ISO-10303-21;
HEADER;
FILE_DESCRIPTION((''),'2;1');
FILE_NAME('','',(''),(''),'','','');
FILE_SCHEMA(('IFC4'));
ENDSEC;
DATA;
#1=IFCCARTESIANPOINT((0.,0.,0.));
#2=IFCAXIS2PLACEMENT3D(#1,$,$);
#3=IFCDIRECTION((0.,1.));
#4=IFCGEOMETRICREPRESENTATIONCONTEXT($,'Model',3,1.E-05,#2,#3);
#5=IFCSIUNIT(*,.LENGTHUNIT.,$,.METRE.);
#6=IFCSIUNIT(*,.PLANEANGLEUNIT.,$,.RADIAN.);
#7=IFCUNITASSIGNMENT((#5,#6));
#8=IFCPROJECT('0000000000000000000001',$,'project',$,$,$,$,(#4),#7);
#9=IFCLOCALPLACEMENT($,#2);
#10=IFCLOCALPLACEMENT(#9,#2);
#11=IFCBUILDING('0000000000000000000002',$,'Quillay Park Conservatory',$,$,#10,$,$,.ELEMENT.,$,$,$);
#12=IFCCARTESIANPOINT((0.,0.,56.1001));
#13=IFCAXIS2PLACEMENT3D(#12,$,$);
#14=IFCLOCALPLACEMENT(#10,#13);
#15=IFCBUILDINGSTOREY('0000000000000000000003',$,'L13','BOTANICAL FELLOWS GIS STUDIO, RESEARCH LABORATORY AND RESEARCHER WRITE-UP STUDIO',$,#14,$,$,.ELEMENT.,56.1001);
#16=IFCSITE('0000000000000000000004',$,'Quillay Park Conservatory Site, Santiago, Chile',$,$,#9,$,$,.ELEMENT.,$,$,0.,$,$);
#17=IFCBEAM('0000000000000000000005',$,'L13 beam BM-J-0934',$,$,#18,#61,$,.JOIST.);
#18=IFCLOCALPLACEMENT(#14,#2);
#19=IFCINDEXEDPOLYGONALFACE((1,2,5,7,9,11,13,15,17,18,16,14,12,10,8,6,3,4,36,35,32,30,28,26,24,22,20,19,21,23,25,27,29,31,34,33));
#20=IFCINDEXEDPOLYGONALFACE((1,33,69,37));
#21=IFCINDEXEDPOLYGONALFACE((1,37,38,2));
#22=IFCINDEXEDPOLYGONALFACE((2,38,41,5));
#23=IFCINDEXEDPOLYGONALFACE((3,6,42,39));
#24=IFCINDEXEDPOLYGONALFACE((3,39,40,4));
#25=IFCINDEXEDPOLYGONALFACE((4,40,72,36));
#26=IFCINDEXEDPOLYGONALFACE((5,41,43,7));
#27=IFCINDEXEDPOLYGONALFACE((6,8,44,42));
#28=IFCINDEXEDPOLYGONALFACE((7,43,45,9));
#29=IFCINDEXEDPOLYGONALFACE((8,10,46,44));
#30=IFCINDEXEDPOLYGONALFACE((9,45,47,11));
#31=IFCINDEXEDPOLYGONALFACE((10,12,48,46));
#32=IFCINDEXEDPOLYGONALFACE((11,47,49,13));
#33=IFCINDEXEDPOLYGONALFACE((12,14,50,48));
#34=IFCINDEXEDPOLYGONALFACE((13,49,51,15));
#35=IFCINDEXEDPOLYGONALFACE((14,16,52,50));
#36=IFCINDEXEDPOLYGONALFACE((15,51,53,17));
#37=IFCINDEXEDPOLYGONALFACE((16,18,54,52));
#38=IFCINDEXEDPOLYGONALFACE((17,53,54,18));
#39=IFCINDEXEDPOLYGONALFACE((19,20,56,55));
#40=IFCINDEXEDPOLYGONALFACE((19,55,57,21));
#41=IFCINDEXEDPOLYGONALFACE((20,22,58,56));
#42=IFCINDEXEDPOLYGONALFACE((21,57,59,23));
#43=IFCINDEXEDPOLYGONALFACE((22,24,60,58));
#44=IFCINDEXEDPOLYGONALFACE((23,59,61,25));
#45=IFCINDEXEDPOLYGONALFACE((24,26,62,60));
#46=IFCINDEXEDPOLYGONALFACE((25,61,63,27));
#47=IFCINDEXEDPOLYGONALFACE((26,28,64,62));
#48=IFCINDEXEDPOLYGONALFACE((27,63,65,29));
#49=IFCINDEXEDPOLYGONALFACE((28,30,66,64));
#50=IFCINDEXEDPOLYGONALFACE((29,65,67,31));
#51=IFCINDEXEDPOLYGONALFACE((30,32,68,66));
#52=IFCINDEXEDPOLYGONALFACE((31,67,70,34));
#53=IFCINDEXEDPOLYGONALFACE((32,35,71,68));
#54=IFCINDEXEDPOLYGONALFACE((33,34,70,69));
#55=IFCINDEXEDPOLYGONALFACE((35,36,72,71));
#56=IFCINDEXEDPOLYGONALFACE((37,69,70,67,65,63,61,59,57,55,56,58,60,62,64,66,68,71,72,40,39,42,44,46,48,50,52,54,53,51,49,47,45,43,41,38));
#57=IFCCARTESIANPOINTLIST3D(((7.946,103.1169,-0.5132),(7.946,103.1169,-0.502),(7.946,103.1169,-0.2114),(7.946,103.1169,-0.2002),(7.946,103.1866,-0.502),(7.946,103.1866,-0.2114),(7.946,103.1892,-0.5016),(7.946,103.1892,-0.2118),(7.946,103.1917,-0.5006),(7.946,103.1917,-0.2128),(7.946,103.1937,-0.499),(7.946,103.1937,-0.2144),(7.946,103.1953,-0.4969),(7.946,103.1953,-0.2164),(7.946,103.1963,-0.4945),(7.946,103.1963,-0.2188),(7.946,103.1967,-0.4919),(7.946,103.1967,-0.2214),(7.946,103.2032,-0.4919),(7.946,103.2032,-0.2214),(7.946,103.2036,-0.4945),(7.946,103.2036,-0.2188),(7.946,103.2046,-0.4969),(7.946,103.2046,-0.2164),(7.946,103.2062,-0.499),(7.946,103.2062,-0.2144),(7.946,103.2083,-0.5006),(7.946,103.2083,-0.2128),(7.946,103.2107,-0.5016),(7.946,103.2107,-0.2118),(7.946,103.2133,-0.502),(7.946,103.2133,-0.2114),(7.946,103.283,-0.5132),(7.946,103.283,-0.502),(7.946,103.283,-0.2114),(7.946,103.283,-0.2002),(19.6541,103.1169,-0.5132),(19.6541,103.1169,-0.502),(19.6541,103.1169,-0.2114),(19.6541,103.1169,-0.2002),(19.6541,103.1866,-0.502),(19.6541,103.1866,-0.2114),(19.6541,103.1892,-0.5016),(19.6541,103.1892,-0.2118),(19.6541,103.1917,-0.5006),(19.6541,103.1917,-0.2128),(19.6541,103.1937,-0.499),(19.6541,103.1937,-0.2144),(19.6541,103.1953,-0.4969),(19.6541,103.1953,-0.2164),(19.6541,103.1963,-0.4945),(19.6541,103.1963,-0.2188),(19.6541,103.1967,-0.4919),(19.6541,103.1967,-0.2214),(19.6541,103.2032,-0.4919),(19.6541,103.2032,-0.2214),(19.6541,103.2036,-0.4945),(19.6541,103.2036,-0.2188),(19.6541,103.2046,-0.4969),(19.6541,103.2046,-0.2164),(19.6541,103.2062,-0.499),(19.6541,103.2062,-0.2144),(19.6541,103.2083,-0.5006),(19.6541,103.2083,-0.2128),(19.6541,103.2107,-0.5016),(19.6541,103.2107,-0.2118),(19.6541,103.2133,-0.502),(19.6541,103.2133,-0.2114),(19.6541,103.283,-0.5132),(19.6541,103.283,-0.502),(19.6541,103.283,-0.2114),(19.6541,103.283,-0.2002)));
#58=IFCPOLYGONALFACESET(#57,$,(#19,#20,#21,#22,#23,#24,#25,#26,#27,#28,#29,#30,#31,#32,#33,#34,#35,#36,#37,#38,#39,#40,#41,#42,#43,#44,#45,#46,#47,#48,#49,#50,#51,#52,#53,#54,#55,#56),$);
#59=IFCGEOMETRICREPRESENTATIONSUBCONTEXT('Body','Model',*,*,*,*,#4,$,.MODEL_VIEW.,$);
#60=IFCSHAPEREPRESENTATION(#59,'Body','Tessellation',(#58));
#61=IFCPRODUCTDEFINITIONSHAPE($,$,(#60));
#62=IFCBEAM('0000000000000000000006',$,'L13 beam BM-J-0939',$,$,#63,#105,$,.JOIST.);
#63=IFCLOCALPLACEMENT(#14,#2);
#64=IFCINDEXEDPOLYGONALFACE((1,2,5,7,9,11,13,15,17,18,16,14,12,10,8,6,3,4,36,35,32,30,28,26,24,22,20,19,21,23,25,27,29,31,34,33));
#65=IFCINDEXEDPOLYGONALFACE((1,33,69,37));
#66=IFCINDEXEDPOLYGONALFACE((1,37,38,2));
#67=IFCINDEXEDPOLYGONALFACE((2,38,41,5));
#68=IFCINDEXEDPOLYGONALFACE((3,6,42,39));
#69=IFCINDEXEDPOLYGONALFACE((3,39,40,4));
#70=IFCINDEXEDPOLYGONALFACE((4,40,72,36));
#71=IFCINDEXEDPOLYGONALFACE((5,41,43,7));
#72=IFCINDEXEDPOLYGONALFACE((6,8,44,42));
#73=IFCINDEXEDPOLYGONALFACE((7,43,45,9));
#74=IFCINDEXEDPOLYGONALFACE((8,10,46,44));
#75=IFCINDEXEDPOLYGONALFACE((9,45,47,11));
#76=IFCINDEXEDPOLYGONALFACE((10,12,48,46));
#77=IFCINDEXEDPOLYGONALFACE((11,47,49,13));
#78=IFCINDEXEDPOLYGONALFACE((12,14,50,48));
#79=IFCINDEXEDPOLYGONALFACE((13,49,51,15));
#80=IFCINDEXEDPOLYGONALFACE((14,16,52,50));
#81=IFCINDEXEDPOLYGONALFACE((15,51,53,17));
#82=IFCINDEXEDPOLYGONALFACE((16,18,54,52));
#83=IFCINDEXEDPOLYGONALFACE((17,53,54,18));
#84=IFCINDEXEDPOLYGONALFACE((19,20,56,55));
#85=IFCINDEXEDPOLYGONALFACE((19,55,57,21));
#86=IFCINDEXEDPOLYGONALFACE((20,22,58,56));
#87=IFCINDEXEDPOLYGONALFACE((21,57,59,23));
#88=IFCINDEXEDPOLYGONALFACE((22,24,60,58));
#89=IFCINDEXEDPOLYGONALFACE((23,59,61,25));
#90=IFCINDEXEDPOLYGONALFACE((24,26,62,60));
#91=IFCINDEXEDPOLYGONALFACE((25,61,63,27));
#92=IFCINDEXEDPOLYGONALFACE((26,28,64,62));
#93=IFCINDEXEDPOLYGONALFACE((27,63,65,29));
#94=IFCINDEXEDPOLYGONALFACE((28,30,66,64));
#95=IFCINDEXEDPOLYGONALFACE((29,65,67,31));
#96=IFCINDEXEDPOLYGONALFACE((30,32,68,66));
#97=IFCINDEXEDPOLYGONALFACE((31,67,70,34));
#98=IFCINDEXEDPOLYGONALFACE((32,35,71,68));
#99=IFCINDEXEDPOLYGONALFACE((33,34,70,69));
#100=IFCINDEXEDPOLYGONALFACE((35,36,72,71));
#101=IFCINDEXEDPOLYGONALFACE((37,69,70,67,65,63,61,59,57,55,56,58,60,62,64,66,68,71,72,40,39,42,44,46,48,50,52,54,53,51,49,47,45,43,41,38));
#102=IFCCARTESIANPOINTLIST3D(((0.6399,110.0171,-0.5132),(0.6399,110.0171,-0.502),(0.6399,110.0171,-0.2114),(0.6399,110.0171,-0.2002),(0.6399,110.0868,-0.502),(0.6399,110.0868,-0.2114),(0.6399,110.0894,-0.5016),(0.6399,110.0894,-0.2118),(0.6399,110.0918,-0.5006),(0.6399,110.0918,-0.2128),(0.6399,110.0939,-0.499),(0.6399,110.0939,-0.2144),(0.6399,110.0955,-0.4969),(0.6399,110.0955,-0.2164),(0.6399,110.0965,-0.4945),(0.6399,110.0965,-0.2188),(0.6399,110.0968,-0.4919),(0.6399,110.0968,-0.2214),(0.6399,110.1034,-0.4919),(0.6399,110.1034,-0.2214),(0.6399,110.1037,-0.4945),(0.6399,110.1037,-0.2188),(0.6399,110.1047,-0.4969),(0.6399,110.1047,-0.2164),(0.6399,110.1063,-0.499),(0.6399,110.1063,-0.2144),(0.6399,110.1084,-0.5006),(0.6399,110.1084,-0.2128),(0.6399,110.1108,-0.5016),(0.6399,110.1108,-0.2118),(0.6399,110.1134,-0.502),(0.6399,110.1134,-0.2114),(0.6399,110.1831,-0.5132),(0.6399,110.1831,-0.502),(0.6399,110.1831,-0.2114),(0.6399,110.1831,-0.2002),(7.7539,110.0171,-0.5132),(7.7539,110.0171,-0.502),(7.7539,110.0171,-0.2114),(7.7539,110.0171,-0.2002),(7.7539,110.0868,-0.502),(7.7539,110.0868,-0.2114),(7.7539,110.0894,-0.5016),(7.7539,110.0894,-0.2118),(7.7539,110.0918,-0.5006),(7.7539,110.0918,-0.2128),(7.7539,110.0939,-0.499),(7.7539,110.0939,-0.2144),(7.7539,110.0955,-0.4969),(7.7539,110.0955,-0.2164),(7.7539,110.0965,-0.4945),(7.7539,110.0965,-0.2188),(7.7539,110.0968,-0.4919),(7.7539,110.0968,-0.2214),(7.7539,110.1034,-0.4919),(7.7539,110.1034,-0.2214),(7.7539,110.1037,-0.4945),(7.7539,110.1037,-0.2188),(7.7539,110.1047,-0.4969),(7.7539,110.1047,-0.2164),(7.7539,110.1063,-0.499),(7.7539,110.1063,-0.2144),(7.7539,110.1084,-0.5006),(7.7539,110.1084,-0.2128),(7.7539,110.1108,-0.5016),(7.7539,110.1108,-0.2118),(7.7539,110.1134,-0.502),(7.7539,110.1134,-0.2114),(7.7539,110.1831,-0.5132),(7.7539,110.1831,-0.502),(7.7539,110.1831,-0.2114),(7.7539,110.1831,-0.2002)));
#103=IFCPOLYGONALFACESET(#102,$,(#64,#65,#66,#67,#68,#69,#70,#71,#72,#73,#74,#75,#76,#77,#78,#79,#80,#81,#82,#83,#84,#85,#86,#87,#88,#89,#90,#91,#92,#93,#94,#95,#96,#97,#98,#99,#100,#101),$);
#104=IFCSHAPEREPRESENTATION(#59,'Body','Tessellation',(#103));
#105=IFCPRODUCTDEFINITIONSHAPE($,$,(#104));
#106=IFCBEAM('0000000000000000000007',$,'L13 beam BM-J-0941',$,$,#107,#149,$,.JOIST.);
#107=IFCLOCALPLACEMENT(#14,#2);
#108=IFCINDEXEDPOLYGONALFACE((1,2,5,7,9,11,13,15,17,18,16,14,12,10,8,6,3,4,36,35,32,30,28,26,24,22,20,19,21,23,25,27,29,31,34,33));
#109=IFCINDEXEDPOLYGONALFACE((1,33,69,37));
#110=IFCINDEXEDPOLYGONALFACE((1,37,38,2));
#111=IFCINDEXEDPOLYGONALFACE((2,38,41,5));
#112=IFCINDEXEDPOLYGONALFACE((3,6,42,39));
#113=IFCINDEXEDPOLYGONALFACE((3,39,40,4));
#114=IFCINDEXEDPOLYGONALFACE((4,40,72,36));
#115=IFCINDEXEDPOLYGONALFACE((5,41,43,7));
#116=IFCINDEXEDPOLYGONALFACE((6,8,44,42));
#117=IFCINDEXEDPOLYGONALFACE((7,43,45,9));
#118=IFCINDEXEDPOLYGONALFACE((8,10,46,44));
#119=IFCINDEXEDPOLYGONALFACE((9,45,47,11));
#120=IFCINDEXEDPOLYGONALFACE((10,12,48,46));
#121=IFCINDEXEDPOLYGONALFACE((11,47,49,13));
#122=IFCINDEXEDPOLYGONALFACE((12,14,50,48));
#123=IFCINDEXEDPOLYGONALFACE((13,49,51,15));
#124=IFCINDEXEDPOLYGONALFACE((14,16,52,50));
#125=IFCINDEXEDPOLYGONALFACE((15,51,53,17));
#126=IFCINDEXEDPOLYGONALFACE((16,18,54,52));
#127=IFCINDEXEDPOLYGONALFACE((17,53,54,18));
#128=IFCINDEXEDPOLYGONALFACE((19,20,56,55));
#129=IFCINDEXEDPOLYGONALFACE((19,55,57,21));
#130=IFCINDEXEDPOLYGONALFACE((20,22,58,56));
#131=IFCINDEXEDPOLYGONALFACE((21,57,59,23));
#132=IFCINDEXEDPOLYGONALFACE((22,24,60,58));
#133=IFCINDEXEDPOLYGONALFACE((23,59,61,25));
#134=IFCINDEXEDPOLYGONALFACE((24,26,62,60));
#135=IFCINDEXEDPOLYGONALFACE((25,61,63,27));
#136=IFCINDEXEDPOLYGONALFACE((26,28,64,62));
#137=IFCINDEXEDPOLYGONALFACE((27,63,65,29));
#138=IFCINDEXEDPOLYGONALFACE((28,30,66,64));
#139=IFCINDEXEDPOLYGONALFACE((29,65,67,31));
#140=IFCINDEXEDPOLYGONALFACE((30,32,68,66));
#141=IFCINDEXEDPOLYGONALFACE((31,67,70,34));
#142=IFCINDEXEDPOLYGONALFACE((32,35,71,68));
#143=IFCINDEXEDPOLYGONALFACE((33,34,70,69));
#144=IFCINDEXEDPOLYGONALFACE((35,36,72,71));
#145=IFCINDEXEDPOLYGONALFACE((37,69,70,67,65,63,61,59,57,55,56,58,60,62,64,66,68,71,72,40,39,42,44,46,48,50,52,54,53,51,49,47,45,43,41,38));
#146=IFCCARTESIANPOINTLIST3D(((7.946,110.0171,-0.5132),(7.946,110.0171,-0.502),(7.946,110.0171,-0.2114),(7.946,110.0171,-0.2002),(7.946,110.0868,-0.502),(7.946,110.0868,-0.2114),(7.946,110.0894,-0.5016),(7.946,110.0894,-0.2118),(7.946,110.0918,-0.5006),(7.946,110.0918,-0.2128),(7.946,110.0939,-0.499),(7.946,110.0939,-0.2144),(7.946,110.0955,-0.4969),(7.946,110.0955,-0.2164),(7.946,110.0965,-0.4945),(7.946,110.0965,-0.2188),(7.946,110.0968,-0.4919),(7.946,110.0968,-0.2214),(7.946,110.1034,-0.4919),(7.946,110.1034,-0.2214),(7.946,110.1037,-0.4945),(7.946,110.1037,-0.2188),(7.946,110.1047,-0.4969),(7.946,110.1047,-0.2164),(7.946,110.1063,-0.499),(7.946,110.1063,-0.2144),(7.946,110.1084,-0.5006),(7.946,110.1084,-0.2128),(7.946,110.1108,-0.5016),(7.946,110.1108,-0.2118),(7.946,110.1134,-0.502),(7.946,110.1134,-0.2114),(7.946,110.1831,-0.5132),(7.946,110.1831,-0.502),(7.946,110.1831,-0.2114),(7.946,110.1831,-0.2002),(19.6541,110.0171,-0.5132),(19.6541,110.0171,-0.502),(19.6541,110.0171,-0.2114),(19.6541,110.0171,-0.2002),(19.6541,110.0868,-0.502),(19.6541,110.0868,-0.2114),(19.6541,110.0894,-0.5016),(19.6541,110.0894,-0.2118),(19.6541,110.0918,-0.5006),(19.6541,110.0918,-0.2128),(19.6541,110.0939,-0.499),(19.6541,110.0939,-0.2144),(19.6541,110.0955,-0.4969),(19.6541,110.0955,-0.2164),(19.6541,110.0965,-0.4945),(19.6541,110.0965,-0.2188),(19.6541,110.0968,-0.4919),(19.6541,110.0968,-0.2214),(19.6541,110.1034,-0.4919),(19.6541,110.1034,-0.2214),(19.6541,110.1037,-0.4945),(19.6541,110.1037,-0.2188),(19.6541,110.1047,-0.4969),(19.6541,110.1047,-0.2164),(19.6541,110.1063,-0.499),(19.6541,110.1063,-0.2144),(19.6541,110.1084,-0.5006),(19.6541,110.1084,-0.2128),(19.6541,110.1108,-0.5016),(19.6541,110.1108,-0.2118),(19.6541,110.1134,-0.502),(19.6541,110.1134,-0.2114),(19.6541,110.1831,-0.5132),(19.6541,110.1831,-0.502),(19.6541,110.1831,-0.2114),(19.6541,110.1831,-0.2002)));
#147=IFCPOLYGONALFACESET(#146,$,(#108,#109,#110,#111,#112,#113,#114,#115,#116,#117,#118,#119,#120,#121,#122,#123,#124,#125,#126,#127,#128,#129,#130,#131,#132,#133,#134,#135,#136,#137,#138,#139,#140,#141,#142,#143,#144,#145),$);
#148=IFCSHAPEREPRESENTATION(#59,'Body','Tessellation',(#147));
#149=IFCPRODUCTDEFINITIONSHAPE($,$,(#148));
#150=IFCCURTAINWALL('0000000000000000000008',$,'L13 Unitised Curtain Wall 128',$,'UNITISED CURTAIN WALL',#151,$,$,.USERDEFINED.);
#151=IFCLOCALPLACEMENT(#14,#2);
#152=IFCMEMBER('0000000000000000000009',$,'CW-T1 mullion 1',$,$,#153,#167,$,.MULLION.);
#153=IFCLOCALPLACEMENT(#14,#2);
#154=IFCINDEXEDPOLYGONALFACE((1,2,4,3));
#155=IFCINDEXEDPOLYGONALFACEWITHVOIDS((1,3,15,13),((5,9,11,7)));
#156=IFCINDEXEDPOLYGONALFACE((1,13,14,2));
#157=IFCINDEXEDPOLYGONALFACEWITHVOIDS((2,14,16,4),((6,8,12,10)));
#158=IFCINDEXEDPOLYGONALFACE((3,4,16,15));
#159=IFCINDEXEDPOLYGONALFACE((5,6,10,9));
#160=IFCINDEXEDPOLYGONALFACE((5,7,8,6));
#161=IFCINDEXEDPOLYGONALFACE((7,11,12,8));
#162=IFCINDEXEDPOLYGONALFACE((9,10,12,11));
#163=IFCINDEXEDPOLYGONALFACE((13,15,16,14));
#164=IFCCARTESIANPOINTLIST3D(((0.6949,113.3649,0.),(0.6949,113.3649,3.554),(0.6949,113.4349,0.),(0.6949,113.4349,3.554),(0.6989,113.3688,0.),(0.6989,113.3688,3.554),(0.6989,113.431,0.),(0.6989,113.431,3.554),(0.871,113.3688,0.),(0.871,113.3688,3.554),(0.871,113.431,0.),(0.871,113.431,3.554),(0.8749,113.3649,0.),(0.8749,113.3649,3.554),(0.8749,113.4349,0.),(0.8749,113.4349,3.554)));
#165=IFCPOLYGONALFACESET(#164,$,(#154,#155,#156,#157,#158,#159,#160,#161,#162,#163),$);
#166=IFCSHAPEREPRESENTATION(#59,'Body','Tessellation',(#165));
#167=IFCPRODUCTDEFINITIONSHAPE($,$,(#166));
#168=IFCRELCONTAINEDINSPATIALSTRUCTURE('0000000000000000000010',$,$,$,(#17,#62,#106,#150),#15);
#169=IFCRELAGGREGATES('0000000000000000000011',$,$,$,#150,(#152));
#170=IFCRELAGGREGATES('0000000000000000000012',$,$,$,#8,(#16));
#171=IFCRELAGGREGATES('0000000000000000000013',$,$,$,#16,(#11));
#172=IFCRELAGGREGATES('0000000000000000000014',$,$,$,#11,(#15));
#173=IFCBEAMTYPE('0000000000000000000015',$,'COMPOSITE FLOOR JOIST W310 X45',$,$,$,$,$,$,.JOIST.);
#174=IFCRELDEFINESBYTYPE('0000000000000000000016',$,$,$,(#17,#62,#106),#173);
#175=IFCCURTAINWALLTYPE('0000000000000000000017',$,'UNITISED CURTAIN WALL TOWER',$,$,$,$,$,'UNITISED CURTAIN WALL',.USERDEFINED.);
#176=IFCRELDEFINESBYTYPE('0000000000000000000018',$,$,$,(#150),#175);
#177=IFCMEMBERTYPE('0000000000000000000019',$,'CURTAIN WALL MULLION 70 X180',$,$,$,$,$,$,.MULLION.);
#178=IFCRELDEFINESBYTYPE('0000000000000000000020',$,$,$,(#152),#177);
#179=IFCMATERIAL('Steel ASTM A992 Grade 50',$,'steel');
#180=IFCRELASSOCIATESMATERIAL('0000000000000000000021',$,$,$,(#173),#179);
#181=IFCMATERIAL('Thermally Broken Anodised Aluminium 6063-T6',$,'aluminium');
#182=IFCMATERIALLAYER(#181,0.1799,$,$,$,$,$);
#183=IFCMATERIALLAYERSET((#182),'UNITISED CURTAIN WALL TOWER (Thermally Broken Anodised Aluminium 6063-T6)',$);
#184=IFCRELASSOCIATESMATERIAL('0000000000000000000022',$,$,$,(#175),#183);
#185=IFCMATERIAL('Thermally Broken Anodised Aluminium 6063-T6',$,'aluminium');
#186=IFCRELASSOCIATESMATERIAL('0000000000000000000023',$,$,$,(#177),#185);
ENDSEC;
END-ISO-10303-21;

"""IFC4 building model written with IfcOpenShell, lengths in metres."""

from ifc_helpers import new_model, si_unit, direction, frame, origin, origin_2d, place, context, subcontext, project, spatial, hollow_rectangle, i_section, extrude, material, layer, layer_set, material_profile, profile_set, type_object, element, aggregate, save


model = new_model("IFC4")

# Units and contexts
model_context = context("Model", 3, precision=1e-05, world=origin(), true_north=direction((0.0, 1.0)))
body_context = subcontext(model_context, "Body", "Model", "MODEL_VIEW")
ifc_project = project(units=[si_unit("LENGTHUNIT", "METRE"), si_unit("PLANEANGLEUNIT", "RADIAN")], contexts=[model_context])

# Site, building, storey
site_placement = place(None, origin())
site = spatial("IfcSite", under=ifc_project, at=site_placement, Name="Quillay Park Conservatory Site, Santiago, Chile", CompositionType="ELEMENT", RefElevation=0.0)
building_placement = place(site_placement, origin())
building = spatial("IfcBuilding", under=site, at=building_placement, Name="Quillay Park Conservatory", CompositionType="ELEMENT")
storey_placement = place(building_placement, frame((0.0, 0.0, 56.1001)))
storey = spatial("IfcBuildingStorey", under=building, at=storey_placement, Name="L13", Description="BOTANICAL FELLOWS GIS STUDIO, RESEARCH LABORATORY AND RESEARCHER WRITE-UP STUDIO", CompositionType="ELEMENT", Elevation=56.1001)

# Beams
ifc_material_1 = material(Name="Steel ASTM A992 Grade 50", Category="steel")
ifc_material_profile_1 = material_profile(ifc_material_1, i_section(OverallWidth=0.166, OverallDepth=0.313, WebThickness=0.0066, FlangeThickness=0.0112, FilletRadius=0.01, at=origin_2d()), Name="W310x45")
ifc_profile_set_1 = profile_set([ifc_material_profile_1], Name="Steel ASTM A992 Grade 50")
beam_type_1 = type_object("IfcBeamType", Name="COMPOSITE FLOOR JOIST W310 X45", PredefinedType="JOIST", material=ifc_profile_set_1)
beam_1_placement = place(storey_placement, frame((7.946, 103.2, -0.3567), z_axis=(1.0, 0.0, 0.0), x_axis=(0.0, 1.0, 0.0)))
element("IfcBeam", 1, at=beam_1_placement, inside=storey, type_object=beam_type_1, Name="L13 beam BM-J-0934", PredefinedType="JOIST", context=body_context, shape_type="SweptSolid", body=[
    extrude(i_section(OverallWidth=0.166, OverallDepth=0.313, WebThickness=0.0066, FlangeThickness=0.0112, FilletRadius=0.01, at=origin_2d()), origin(), (0.0, 0.0, 1.0), 11.708),
])
beam_2_placement = place(storey_placement, frame((0.6399, 110.1001, -0.3567), z_axis=(1.0, 0.0, 0.0), x_axis=(0.0, 1.0, 0.0)))
element("IfcBeam", 2, at=beam_2_placement, inside=storey, type_object=beam_type_1, Name="L13 beam BM-J-0939", PredefinedType="JOIST", context=body_context, shape_type="SweptSolid", body=[
    extrude(i_section(OverallWidth=0.166, OverallDepth=0.313, WebThickness=0.0066, FlangeThickness=0.0112, FilletRadius=0.01, at=origin_2d()), origin(), (0.0, 0.0, 1.0), 7.114),
])
beam_3_placement = place(storey_placement, frame((7.946, 110.1001, -0.3567), z_axis=(1.0, 0.0, 0.0), x_axis=(0.0, 1.0, 0.0)))
element("IfcBeam", 3, at=beam_3_placement, inside=storey, type_object=beam_type_1, Name="L13 beam BM-J-0941", PredefinedType="JOIST", context=body_context, shape_type="SweptSolid", body=[
    extrude(i_section(OverallWidth=0.166, OverallDepth=0.313, WebThickness=0.0066, FlangeThickness=0.0112, FilletRadius=0.01, at=origin_2d()), origin(), (0.0, 0.0, 1.0), 11.708),
])

# Curtain wall, member
ifc_material_2 = material(Name="Thermally Broken Anodised Aluminium 6063-T6", Category="aluminium")
ifc_layer_1 = layer(ifc_material_2, 0.1799)
ifc_layer_set_1 = layer_set([ifc_layer_1], Name="UNITISED CURTAIN WALL TOWER (Thermally Broken Anodised Aluminium 6063-T6)")
curtain_wall_type = type_object("IfcCurtainWallType", Name="UNITISED CURTAIN WALL TOWER", ElementType="UNITISED CURTAIN WALL", PredefinedType="USERDEFINED", material=ifc_layer_set_1)
curtain_wall_placement = place(storey_placement, origin())
curtain_wall = element("IfcCurtainWall", 4, at=curtain_wall_placement, inside=storey, type_object=curtain_wall_type, Name="L13 Unitised Curtain Wall 128", ObjectType="UNITISED CURTAIN WALL", PredefinedType="USERDEFINED")
ifc_material_3 = material(Name="Thermally Broken Anodised Aluminium 6063-T6", Category="aluminium")
ifc_material_profile_2 = material_profile(ifc_material_3, hollow_rectangle(XDim=0.0701, YDim=0.1799, WallThickness=0.0039, at=origin_2d()), Name="AL70x180x4")
ifc_profile_set_2 = profile_set([ifc_material_profile_2], Name="Thermally Broken Anodised Aluminium 6063-T6")
member_type = type_object("IfcMemberType", Name="CURTAIN WALL MULLION 70 X180", PredefinedType="MULLION", material=ifc_profile_set_2)
member_placement = place(storey_placement, frame((0.7849, 113.3999, 0.0), z_axis=(0.0, 0.0, 1.0), x_axis=(0.0, 1.0, 0.0)))
member = element("IfcMember", 5, at=member_placement, type_object=member_type, Name="CW-T1 mullion 1", PredefinedType="MULLION", context=body_context, shape_type="SweptSolid", body=[
    extrude(hollow_rectangle(XDim=0.0701, YDim=0.1799, WallThickness=0.0039, at=origin_2d()), origin(), (0.0, 0.0, 1.0), 3.554),
])
aggregate(curtain_wall, [member])

save(model, "model.ifc")
